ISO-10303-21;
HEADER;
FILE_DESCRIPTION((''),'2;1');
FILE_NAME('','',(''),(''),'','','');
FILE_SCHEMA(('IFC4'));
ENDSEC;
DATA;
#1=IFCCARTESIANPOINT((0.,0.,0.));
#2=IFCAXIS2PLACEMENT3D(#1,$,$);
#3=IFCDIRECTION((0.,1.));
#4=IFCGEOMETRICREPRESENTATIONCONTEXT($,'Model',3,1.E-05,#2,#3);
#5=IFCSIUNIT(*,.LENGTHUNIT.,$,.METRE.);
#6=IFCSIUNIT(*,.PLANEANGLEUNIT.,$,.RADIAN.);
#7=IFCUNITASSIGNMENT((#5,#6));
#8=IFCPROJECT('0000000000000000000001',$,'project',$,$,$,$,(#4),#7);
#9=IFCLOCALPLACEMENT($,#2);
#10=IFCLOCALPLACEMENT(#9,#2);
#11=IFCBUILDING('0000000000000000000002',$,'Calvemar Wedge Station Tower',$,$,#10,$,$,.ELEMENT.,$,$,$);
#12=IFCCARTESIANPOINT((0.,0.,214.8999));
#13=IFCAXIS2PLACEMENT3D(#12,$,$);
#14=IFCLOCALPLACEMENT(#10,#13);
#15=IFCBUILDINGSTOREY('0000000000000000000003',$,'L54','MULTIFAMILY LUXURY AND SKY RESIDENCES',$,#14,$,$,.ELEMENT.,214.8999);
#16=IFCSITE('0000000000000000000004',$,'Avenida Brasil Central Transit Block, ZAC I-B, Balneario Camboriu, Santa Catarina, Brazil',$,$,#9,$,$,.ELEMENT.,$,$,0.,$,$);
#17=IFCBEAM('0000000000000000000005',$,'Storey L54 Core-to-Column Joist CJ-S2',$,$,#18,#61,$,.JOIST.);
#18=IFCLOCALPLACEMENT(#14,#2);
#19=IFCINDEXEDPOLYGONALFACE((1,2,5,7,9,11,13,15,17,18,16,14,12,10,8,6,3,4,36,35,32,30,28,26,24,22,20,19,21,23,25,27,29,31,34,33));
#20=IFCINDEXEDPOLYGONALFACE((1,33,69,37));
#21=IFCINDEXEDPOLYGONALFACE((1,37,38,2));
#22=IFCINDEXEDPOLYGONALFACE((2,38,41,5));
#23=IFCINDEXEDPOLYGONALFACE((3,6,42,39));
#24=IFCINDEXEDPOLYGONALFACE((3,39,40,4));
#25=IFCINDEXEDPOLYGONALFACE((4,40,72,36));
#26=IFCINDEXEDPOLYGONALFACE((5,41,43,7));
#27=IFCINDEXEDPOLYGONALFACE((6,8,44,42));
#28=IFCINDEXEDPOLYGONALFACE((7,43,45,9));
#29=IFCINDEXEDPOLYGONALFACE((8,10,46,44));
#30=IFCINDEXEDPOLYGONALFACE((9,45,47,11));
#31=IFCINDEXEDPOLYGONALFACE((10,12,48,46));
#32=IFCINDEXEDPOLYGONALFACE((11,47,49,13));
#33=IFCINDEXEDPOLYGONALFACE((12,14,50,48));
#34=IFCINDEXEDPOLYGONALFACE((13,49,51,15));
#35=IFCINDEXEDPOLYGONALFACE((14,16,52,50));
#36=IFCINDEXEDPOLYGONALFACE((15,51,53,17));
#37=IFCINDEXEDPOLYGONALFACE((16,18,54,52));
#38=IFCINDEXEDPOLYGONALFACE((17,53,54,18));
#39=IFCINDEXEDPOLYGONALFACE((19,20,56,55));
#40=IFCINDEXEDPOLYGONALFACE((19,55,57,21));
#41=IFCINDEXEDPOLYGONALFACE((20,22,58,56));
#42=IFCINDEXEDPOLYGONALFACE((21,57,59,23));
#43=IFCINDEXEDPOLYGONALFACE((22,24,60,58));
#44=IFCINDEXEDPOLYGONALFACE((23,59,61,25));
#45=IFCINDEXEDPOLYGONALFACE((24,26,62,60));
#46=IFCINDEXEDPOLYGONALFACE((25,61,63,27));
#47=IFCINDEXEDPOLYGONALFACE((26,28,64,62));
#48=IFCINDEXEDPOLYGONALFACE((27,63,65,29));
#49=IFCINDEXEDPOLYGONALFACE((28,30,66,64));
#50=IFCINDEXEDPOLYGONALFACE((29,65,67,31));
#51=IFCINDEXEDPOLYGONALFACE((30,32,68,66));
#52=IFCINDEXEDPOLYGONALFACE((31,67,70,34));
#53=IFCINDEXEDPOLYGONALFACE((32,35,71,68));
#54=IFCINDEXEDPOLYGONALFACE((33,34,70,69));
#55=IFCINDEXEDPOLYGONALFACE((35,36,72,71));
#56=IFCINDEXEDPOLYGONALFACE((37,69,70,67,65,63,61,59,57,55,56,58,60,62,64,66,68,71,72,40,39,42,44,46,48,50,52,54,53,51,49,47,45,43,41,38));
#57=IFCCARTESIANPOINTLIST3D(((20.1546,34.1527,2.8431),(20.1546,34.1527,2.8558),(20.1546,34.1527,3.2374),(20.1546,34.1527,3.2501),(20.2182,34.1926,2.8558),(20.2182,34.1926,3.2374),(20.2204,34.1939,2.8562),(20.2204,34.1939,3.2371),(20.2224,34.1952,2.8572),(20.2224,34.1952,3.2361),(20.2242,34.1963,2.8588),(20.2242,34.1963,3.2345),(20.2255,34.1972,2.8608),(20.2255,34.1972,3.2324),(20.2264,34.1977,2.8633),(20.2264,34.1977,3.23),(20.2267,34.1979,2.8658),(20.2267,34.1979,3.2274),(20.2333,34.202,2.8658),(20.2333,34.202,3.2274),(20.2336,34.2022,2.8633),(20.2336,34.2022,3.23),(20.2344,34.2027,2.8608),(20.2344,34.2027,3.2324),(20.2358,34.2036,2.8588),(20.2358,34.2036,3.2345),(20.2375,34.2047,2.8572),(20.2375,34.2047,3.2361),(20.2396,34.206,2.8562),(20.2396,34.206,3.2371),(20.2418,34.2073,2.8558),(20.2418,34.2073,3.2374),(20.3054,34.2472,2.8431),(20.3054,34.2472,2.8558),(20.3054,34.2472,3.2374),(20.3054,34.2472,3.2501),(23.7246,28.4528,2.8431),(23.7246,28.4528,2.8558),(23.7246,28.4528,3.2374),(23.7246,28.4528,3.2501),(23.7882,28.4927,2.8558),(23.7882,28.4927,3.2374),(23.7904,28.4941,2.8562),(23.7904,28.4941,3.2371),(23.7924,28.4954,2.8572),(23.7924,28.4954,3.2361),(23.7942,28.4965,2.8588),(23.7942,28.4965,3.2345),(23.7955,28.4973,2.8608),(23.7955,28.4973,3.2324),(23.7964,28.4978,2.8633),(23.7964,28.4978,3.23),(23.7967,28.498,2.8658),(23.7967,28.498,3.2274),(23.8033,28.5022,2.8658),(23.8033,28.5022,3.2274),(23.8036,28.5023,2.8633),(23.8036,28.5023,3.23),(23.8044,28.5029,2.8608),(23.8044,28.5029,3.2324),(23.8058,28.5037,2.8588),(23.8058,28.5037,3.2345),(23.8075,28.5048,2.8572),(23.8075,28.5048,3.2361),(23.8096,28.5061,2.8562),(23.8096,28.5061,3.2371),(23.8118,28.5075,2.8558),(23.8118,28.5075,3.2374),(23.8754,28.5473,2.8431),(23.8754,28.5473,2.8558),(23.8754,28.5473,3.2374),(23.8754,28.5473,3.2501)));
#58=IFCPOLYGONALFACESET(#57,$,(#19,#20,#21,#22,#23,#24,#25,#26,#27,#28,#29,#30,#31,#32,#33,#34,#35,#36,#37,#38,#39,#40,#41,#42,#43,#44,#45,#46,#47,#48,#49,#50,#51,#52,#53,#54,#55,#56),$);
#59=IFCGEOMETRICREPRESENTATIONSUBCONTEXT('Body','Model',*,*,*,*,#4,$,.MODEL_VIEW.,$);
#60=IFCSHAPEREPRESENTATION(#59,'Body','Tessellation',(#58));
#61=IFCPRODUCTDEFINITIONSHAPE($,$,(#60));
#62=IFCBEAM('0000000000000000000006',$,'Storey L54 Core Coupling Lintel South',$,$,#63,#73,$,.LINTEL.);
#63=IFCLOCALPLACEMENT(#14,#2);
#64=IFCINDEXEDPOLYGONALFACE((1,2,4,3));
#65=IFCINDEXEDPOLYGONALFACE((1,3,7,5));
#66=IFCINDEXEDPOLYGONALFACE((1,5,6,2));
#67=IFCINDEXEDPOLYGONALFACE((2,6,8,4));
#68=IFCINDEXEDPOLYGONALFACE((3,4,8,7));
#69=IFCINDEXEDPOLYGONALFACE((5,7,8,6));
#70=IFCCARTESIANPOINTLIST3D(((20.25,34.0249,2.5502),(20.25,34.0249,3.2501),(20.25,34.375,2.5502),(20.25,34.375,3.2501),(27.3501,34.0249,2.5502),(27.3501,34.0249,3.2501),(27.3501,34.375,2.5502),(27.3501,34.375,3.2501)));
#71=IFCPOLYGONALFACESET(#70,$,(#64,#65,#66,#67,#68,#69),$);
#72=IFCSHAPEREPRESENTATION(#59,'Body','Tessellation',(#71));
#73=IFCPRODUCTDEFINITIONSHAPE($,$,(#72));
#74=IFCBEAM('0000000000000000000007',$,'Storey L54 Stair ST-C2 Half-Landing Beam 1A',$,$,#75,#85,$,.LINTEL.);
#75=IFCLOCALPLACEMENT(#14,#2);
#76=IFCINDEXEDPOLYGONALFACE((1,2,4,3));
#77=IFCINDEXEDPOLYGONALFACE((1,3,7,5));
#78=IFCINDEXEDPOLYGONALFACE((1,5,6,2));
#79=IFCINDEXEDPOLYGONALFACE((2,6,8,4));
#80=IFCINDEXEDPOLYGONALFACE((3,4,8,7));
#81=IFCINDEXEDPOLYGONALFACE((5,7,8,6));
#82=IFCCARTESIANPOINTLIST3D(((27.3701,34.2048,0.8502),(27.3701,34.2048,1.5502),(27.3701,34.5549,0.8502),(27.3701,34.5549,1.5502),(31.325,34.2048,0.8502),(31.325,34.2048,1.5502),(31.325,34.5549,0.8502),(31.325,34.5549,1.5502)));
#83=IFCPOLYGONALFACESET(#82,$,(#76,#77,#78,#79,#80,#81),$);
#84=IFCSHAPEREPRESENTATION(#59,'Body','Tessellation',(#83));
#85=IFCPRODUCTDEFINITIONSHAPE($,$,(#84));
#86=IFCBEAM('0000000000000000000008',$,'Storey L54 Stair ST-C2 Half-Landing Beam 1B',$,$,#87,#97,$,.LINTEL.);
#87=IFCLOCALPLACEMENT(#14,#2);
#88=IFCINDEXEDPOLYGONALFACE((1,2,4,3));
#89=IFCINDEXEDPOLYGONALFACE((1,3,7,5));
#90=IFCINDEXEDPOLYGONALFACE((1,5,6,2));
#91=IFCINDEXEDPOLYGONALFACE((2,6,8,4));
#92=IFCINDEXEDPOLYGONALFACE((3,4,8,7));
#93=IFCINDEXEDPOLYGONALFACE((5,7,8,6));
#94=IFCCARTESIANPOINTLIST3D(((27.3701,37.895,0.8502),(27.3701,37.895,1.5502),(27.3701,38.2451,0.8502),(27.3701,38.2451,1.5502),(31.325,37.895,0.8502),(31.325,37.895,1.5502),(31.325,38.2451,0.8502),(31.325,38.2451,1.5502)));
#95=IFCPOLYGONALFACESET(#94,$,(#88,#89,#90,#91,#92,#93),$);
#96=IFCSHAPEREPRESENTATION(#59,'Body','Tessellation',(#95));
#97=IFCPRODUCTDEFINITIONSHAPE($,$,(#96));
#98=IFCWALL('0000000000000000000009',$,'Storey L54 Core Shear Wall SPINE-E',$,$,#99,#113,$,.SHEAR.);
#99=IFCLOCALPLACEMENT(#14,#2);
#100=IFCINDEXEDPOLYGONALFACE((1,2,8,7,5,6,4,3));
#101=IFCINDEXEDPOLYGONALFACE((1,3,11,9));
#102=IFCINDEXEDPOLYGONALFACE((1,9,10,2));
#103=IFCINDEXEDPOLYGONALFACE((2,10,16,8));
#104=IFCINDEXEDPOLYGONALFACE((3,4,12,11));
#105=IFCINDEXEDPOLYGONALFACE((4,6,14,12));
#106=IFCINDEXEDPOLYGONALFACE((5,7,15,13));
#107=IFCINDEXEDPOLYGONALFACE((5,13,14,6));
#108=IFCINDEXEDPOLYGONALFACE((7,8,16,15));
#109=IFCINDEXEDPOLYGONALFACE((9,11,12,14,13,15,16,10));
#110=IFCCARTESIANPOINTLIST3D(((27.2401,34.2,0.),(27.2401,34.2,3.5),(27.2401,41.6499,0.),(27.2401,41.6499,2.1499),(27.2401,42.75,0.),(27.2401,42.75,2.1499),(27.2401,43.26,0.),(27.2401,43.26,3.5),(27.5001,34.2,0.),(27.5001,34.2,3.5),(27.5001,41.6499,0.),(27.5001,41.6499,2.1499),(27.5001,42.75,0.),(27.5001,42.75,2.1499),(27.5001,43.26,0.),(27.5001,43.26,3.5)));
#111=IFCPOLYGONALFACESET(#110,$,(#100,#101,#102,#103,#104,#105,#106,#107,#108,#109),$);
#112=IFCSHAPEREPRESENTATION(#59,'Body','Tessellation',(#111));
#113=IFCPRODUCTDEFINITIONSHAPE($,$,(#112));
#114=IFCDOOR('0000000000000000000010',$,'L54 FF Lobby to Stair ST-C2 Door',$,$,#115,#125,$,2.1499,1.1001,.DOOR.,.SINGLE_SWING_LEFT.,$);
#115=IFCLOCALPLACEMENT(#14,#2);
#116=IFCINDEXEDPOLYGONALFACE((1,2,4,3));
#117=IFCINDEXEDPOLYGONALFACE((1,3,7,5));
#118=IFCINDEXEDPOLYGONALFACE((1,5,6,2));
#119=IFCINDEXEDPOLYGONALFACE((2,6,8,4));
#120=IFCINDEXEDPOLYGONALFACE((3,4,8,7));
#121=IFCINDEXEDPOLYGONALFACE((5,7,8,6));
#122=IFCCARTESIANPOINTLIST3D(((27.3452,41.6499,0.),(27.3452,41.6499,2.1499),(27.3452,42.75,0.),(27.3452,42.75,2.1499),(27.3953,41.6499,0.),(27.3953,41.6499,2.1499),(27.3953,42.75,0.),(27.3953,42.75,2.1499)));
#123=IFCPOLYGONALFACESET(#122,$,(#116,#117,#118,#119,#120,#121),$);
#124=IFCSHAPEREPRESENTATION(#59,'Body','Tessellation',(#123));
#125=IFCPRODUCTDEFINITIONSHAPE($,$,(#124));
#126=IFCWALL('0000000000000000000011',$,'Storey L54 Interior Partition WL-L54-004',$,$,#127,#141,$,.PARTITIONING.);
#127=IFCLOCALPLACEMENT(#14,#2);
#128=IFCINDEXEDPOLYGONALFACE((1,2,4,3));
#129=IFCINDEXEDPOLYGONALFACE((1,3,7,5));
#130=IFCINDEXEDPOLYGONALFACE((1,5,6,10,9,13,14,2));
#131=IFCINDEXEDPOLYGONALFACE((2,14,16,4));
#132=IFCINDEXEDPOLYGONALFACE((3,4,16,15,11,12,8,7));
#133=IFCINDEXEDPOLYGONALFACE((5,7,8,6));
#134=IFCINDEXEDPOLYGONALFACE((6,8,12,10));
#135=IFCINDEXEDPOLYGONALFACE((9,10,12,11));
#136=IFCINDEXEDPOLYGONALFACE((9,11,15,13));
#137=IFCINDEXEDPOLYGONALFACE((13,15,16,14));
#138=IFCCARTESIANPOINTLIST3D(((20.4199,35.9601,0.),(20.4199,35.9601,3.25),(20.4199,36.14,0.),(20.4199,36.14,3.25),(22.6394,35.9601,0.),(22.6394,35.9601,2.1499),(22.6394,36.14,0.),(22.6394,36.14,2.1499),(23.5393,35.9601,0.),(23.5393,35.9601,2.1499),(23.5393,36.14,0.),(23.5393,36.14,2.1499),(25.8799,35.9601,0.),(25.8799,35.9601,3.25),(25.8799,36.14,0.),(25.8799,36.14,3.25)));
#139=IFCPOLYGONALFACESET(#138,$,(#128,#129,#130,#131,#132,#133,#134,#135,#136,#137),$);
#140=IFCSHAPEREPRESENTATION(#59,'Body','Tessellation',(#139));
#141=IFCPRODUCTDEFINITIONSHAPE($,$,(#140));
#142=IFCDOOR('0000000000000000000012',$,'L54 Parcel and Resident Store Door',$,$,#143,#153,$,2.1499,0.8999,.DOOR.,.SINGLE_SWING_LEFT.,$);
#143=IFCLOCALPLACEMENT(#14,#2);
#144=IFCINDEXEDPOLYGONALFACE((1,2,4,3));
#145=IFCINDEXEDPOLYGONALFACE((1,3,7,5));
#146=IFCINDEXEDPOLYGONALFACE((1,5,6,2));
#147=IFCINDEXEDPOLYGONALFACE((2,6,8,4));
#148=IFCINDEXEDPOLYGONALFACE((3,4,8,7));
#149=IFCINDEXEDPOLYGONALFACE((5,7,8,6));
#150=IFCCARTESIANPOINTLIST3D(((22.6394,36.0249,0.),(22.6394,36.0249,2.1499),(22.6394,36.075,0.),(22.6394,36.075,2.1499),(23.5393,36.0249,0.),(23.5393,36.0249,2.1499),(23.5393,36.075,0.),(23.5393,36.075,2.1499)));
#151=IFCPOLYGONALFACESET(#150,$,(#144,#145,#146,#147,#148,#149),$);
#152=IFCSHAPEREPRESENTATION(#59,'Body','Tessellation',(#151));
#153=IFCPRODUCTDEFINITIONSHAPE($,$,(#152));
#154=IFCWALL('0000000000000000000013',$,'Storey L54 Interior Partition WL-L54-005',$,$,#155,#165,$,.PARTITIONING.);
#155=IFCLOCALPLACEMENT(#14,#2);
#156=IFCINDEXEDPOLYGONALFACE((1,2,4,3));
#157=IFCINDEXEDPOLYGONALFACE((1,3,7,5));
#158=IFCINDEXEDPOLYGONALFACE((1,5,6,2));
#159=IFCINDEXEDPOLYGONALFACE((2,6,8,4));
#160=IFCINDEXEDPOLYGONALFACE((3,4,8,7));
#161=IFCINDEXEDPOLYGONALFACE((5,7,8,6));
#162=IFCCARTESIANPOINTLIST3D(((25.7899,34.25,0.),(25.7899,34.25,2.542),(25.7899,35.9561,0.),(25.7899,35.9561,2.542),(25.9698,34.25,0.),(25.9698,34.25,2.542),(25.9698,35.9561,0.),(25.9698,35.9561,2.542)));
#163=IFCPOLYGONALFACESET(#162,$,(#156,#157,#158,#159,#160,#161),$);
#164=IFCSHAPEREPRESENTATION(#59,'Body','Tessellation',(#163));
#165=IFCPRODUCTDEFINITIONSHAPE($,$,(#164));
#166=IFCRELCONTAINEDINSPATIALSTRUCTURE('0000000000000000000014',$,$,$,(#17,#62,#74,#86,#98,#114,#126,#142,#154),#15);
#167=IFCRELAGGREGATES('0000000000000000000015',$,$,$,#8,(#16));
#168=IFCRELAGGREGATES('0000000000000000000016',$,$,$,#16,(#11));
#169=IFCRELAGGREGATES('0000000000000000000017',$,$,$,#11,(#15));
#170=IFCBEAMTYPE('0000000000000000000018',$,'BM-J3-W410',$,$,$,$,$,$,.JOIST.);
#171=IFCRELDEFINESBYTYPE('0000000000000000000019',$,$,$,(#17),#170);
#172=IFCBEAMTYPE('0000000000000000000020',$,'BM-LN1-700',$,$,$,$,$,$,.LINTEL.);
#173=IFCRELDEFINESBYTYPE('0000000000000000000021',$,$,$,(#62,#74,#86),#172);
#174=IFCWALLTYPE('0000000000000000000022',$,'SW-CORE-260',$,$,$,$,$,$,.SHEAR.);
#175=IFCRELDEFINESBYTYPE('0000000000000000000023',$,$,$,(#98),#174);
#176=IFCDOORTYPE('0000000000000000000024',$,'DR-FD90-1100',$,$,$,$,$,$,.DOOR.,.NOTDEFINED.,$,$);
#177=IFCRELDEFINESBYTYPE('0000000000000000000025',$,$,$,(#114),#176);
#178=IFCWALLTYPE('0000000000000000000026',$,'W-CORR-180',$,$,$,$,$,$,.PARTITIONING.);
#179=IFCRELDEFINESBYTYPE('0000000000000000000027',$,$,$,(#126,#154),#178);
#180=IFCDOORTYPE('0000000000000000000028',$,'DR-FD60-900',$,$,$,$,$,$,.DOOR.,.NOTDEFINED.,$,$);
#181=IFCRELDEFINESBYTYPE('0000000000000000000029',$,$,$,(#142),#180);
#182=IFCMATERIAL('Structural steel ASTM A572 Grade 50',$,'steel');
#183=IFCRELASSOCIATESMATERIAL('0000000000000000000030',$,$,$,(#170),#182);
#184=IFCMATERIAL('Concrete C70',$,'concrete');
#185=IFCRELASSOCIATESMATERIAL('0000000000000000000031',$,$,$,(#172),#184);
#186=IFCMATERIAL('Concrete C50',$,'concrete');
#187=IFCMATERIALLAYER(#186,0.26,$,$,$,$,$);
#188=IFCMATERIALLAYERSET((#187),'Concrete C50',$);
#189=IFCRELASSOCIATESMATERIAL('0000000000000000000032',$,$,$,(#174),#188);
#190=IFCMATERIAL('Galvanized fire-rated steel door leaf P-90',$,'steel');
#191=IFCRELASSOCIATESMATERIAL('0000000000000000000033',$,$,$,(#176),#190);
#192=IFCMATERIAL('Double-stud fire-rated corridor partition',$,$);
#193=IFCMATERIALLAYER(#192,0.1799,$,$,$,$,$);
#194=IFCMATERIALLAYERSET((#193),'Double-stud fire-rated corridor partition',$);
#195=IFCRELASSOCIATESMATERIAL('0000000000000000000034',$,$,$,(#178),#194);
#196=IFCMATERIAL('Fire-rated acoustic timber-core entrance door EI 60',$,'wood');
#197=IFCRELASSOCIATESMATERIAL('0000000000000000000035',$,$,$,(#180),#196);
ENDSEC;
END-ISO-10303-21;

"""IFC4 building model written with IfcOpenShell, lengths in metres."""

from ifc_helpers import new_model, si_unit, direction, frame, frame_2d, origin, origin_2d, place, context, subcontext, project, spatial, rectangle, i_section, extrude, source, transform, mapped, material, layer, layer_set, material_profile, profile_set, type_object, element, fill, save


model = new_model("IFC4")

# Units and contexts
model_context = context("Model", 3, precision=1e-05, world=origin(), true_north=direction((0.0, 1.0)))
body_context = subcontext(model_context, "Body", "Model", "MODEL_VIEW")
ifc_project = project(units=[si_unit("LENGTHUNIT", "METRE"), si_unit("PLANEANGLEUNIT", "RADIAN")], contexts=[model_context])

# Site, building, storey
site_placement = place(None, origin())
site = spatial("IfcSite", under=ifc_project, at=site_placement, Name="Avenida Brasil Central Transit Block, ZAC I-B, Balneario Camboriu, Santa Catarina, Brazil", CompositionType="ELEMENT", RefElevation=0.0)
building_placement = place(site_placement, origin())
building = spatial("IfcBuilding", under=site, at=building_placement, Name="Calvemar Wedge Station Tower", CompositionType="ELEMENT")
storey_placement = place(building_placement, frame((0.0, 0.0, 214.8999)))
storey = spatial("IfcBuildingStorey", under=building, at=storey_placement, Name="L54", Description="MULTIFAMILY LUXURY AND SKY RESIDENCES", CompositionType="ELEMENT", Elevation=214.8999)

# Beams
ifc_material_1 = material(Name="Structural steel ASTM A572 Grade 50", Category="steel")
ifc_material_profile_1 = material_profile(ifc_material_1, i_section(OverallWidth=0.178, OverallDepth=0.407, WebThickness=0.0078, FlangeThickness=0.0127, FilletRadius=0.01, at=origin_2d()), Name="W410x60")
ifc_profile_set_1 = profile_set([ifc_material_profile_1], Name="Structural steel ASTM A572 Grade 50")
beam_type_1 = type_object("IfcBeamType", Name="BM-J3-W410", PredefinedType="JOIST", material=ifc_profile_set_1)
shared_shape_1 = source(origin(), body_context, "Body", "SweptSolid", [
    extrude(i_section(OverallWidth=0.178, OverallDepth=0.407, WebThickness=0.0078, FlangeThickness=0.0127, FilletRadius=0.01, at=origin_2d()), origin(), (0.0, 0.0, 1.0), 6.7256),
])
beam_1_placement = place(storey_placement, frame((20.23, 34.2, 3.0466), z_axis=(0.530811, -0.84749, 0.0), x_axis=(0.84749, 0.530811, 0.0)))
element("IfcBeam", 1, at=beam_1_placement, inside=storey, type_object=beam_type_1, Name="Storey L54 Core-to-Column Joist CJ-S2", PredefinedType="JOIST", context=body_context, shape_type="MappedRepresentation", body=[
    mapped(shared_shape_1, transform((0.0, 0.0, 0.0), scale=1.0)),
])
ifc_material_2 = material(Name="Concrete C70", Category="concrete")
ifc_material_profile_2 = material_profile(ifc_material_2, rectangle(XDim=0.3501, YDim=0.7, at=origin_2d()), Name="RC350x700")
ifc_profile_set_2 = profile_set([ifc_material_profile_2], Name="Concrete C70")
beam_type_2 = type_object("IfcBeamType", Name="BM-LN1-700", PredefinedType="LINTEL", material=ifc_profile_set_2)
shared_shape_2 = source(origin(), body_context, "Body", "SweptSolid", [
    extrude(rectangle(XDim=0.3501, YDim=0.7, at=origin_2d()), origin(), (0.0, 0.0, 1.0), 7.1001),
])
beam_2_placement = place(storey_placement, frame((20.25, 34.2, 2.9001), z_axis=(1.0, 0.0, 0.0), x_axis=(0.0, 1.0, 0.0)))
element("IfcBeam", 2, at=beam_2_placement, inside=storey, type_object=beam_type_2, Name="Storey L54 Core Coupling Lintel South", PredefinedType="LINTEL", context=body_context, shape_type="MappedRepresentation", body=[
    mapped(shared_shape_2, transform((0.0, 0.0, 0.0), scale=1.0)),
])
shared_shape_3 = source(origin(), body_context, "Body", "SweptSolid", [
    extrude(rectangle(XDim=0.3501, YDim=0.7, at=origin_2d()), origin(), (0.0, 0.0, 1.0), 3.9548),
])
for number, where, z_axis, x_axis, name in (
    (3, (27.3701, 34.3799, 1.2002), (1.0, 0.0, 0.0), (0.0, 1.0, 0.0), "Storey L54 Stair ST-C2 Half-Landing Beam 1A"),
    (4, (27.3701, 38.0701, 1.2002), (1.0, 0.0, 0.0), (0.0, 1.0, 0.0), "Storey L54 Stair ST-C2 Half-Landing Beam 1B"),
):
    element("IfcBeam", number, at=place(storey_placement, frame(where, z_axis=z_axis, x_axis=x_axis)), inside=storey, type_object=beam_type_2, Name=name, PredefinedType="LINTEL", context=body_context, shape_type="MappedRepresentation", body=[
        mapped(shared_shape_3, transform((0.0, 0.0, 0.0), scale=1.0)),
    ])

# Walls, openings, doors
ifc_material_3 = material(Name="Concrete C50", Category="concrete")
ifc_layer_1 = layer(ifc_material_3, 0.26)
ifc_layer_set_1 = layer_set([ifc_layer_1], Name="Concrete C50")
wall_type_1 = type_object("IfcWallType", Name="SW-CORE-260", PredefinedType="SHEAR", material=ifc_layer_set_1)
wall_1_placement = place(storey_placement, frame((27.3701, 34.2, 0.0), z_axis=(0.0, 0.0, 1.0), x_axis=(0.0, 1.0, 0.0)))
wall_1 = element("IfcWall", 5, at=wall_1_placement, inside=storey, type_object=wall_type_1, Name="Storey L54 Core Shear Wall SPINE-E", PredefinedType="SHEAR", context=body_context, shape_type="SweptSolid", body=[
    extrude(rectangle(XDim=9.0601, YDim=0.26, at=frame_2d((4.53, 0.0))), origin(), (0.0, 0.0, 1.0), 3.5),
])
shared_shape_4 = source(origin(), body_context, "Body", "SweptSolid", [
    extrude(rectangle(XDim=1.1001, YDim=2.1499, at=frame_2d((0.55, 1.075))), frame((0.0, 0.1401, 0.0), z_axis=(0.0, -1.0, 0.0), x_axis=(1.0, 0.0, 0.0)), (0.0, 0.0, 1.0), 0.28),
])
opening_1_placement = place(wall_1_placement, frame((7.45, 0.0, 0.0)))
opening_1 = element("IfcOpeningElement", 6, at=opening_1_placement, cuts=wall_1, PredefinedType="OPENING", context=body_context, shape_type="MappedRepresentation", body=[
    mapped(shared_shape_4, transform((0.0, 0.0, 0.0), scale=1.0)),
])
ifc_material_4 = material(Name="Galvanized fire-rated steel door leaf P-90", Category="steel")
door_type_1 = type_object("IfcDoorType", Name="DR-FD90-1100", OperationType="NOTDEFINED", PredefinedType="DOOR", material=ifc_material_4)
shared_shape_5 = source(origin(), body_context, "Body", "SweptSolid", [
    extrude(rectangle(XDim=1.1001, YDim=2.1499, at=frame_2d((0.55, 1.075))), frame((0.0, 0.0249, 0.0), z_axis=(0.0, -1.0, 0.0), x_axis=(1.0, 0.0, 0.0)), (0.0, 0.0, 1.0), 0.05),
])
door_1_placement = place(opening_1_placement, origin())
door_1 = element("IfcDoor", 7, at=door_1_placement, inside=storey, type_object=door_type_1, Name="L54 FF Lobby to Stair ST-C2 Door", OperationType="SINGLE_SWING_LEFT", OverallHeight=2.1499, OverallWidth=1.1001, PredefinedType="DOOR", context=body_context, shape_type="MappedRepresentation", body=[
    mapped(shared_shape_5, transform((0.0, 0.0, 0.0), scale=1.0)),
])
fill(opening_1, door_1)
ifc_material_5 = material(Name="Double-stud fire-rated corridor partition")
ifc_layer_2 = layer(ifc_material_5, 0.1799)
ifc_layer_set_2 = layer_set([ifc_layer_2], Name="Double-stud fire-rated corridor partition")
wall_type_2 = type_object("IfcWallType", Name="W-CORR-180", PredefinedType="PARTITIONING", material=ifc_layer_set_2)
shared_shape_6 = source(origin(), body_context, "Body", "SweptSolid", [
    extrude(rectangle(XDim=0.8999, YDim=2.1499, at=frame_2d((0.45, 1.075))), frame((0.0, 0.1001, 0.0), z_axis=(0.0, -1.0, 0.0), x_axis=(1.0, 0.0, 0.0)), (0.0, 0.0, 1.0), 0.2),
])
ifc_material_6 = material(Name="Fire-rated acoustic timber-core entrance door EI 60", Category="wood")
door_type_2 = type_object("IfcDoorType", Name="DR-FD60-900", OperationType="NOTDEFINED", PredefinedType="DOOR", material=ifc_material_6)
shared_shape_7 = source(origin(), body_context, "Body", "SweptSolid", [
    extrude(rectangle(XDim=0.8999, YDim=2.1499, at=frame_2d((0.45, 1.075))), frame((0.0, 0.0249, 0.0), z_axis=(0.0, -1.0, 0.0), x_axis=(1.0, 0.0, 0.0)), (0.0, 0.0, 1.0), 0.05),
])
wall_2_placement = place(storey_placement, frame((20.4199, 36.05, 0.0), z_axis=(0.0, 0.0, 1.0), x_axis=(1.0, 0.0, 0.0)))
wall_2 = element("IfcWall", 8, at=wall_2_placement, inside=storey, type_object=wall_type_2, Name="Storey L54 Interior Partition WL-L54-004", PredefinedType="PARTITIONING", context=body_context, shape_type="SweptSolid", body=[
    extrude(rectangle(XDim=5.46, YDim=0.1799, at=frame_2d((2.73, 0.0))), origin(), (0.0, 0.0, 1.0), 3.25),
])
opening_2_placement = place(wall_2_placement, frame((2.2195, 0.0, 0.0)))
opening_2 = element("IfcOpeningElement", 9, at=opening_2_placement, cuts=wall_2, PredefinedType="OPENING", context=body_context, shape_type="MappedRepresentation", body=[
    mapped(shared_shape_6, transform((0.0, 0.0, 0.0), scale=1.0)),
])
door_2_placement = place(opening_2_placement, origin())
door_2 = element("IfcDoor", 10, at=door_2_placement, inside=storey, type_object=door_type_2, Name="L54 Parcel and Resident Store Door", OperationType="SINGLE_SWING_LEFT", OverallHeight=2.1499, OverallWidth=0.8999, PredefinedType="DOOR", context=body_context, shape_type="MappedRepresentation", body=[
    mapped(shared_shape_7, transform((0.0, 0.0, 0.0), scale=1.0)),
])
fill(opening_2, door_2)

# Wall
wall_3_placement = place(storey_placement, frame((25.8799, 35.9561, 0.0), z_axis=(0.0, 0.0, 1.0), x_axis=(0.0, -1.0, 0.0)))
element("IfcWall", 11, at=wall_3_placement, inside=storey, type_object=wall_type_2, Name="Storey L54 Interior Partition WL-L54-005", PredefinedType="PARTITIONING", context=body_context, shape_type="SweptSolid", body=[
    extrude(rectangle(XDim=1.7061, YDim=0.1799, at=frame_2d((0.853, 0.0))), origin(), (0.0, 0.0, 1.0), 2.542),
])

save(model, "model.ifc")
